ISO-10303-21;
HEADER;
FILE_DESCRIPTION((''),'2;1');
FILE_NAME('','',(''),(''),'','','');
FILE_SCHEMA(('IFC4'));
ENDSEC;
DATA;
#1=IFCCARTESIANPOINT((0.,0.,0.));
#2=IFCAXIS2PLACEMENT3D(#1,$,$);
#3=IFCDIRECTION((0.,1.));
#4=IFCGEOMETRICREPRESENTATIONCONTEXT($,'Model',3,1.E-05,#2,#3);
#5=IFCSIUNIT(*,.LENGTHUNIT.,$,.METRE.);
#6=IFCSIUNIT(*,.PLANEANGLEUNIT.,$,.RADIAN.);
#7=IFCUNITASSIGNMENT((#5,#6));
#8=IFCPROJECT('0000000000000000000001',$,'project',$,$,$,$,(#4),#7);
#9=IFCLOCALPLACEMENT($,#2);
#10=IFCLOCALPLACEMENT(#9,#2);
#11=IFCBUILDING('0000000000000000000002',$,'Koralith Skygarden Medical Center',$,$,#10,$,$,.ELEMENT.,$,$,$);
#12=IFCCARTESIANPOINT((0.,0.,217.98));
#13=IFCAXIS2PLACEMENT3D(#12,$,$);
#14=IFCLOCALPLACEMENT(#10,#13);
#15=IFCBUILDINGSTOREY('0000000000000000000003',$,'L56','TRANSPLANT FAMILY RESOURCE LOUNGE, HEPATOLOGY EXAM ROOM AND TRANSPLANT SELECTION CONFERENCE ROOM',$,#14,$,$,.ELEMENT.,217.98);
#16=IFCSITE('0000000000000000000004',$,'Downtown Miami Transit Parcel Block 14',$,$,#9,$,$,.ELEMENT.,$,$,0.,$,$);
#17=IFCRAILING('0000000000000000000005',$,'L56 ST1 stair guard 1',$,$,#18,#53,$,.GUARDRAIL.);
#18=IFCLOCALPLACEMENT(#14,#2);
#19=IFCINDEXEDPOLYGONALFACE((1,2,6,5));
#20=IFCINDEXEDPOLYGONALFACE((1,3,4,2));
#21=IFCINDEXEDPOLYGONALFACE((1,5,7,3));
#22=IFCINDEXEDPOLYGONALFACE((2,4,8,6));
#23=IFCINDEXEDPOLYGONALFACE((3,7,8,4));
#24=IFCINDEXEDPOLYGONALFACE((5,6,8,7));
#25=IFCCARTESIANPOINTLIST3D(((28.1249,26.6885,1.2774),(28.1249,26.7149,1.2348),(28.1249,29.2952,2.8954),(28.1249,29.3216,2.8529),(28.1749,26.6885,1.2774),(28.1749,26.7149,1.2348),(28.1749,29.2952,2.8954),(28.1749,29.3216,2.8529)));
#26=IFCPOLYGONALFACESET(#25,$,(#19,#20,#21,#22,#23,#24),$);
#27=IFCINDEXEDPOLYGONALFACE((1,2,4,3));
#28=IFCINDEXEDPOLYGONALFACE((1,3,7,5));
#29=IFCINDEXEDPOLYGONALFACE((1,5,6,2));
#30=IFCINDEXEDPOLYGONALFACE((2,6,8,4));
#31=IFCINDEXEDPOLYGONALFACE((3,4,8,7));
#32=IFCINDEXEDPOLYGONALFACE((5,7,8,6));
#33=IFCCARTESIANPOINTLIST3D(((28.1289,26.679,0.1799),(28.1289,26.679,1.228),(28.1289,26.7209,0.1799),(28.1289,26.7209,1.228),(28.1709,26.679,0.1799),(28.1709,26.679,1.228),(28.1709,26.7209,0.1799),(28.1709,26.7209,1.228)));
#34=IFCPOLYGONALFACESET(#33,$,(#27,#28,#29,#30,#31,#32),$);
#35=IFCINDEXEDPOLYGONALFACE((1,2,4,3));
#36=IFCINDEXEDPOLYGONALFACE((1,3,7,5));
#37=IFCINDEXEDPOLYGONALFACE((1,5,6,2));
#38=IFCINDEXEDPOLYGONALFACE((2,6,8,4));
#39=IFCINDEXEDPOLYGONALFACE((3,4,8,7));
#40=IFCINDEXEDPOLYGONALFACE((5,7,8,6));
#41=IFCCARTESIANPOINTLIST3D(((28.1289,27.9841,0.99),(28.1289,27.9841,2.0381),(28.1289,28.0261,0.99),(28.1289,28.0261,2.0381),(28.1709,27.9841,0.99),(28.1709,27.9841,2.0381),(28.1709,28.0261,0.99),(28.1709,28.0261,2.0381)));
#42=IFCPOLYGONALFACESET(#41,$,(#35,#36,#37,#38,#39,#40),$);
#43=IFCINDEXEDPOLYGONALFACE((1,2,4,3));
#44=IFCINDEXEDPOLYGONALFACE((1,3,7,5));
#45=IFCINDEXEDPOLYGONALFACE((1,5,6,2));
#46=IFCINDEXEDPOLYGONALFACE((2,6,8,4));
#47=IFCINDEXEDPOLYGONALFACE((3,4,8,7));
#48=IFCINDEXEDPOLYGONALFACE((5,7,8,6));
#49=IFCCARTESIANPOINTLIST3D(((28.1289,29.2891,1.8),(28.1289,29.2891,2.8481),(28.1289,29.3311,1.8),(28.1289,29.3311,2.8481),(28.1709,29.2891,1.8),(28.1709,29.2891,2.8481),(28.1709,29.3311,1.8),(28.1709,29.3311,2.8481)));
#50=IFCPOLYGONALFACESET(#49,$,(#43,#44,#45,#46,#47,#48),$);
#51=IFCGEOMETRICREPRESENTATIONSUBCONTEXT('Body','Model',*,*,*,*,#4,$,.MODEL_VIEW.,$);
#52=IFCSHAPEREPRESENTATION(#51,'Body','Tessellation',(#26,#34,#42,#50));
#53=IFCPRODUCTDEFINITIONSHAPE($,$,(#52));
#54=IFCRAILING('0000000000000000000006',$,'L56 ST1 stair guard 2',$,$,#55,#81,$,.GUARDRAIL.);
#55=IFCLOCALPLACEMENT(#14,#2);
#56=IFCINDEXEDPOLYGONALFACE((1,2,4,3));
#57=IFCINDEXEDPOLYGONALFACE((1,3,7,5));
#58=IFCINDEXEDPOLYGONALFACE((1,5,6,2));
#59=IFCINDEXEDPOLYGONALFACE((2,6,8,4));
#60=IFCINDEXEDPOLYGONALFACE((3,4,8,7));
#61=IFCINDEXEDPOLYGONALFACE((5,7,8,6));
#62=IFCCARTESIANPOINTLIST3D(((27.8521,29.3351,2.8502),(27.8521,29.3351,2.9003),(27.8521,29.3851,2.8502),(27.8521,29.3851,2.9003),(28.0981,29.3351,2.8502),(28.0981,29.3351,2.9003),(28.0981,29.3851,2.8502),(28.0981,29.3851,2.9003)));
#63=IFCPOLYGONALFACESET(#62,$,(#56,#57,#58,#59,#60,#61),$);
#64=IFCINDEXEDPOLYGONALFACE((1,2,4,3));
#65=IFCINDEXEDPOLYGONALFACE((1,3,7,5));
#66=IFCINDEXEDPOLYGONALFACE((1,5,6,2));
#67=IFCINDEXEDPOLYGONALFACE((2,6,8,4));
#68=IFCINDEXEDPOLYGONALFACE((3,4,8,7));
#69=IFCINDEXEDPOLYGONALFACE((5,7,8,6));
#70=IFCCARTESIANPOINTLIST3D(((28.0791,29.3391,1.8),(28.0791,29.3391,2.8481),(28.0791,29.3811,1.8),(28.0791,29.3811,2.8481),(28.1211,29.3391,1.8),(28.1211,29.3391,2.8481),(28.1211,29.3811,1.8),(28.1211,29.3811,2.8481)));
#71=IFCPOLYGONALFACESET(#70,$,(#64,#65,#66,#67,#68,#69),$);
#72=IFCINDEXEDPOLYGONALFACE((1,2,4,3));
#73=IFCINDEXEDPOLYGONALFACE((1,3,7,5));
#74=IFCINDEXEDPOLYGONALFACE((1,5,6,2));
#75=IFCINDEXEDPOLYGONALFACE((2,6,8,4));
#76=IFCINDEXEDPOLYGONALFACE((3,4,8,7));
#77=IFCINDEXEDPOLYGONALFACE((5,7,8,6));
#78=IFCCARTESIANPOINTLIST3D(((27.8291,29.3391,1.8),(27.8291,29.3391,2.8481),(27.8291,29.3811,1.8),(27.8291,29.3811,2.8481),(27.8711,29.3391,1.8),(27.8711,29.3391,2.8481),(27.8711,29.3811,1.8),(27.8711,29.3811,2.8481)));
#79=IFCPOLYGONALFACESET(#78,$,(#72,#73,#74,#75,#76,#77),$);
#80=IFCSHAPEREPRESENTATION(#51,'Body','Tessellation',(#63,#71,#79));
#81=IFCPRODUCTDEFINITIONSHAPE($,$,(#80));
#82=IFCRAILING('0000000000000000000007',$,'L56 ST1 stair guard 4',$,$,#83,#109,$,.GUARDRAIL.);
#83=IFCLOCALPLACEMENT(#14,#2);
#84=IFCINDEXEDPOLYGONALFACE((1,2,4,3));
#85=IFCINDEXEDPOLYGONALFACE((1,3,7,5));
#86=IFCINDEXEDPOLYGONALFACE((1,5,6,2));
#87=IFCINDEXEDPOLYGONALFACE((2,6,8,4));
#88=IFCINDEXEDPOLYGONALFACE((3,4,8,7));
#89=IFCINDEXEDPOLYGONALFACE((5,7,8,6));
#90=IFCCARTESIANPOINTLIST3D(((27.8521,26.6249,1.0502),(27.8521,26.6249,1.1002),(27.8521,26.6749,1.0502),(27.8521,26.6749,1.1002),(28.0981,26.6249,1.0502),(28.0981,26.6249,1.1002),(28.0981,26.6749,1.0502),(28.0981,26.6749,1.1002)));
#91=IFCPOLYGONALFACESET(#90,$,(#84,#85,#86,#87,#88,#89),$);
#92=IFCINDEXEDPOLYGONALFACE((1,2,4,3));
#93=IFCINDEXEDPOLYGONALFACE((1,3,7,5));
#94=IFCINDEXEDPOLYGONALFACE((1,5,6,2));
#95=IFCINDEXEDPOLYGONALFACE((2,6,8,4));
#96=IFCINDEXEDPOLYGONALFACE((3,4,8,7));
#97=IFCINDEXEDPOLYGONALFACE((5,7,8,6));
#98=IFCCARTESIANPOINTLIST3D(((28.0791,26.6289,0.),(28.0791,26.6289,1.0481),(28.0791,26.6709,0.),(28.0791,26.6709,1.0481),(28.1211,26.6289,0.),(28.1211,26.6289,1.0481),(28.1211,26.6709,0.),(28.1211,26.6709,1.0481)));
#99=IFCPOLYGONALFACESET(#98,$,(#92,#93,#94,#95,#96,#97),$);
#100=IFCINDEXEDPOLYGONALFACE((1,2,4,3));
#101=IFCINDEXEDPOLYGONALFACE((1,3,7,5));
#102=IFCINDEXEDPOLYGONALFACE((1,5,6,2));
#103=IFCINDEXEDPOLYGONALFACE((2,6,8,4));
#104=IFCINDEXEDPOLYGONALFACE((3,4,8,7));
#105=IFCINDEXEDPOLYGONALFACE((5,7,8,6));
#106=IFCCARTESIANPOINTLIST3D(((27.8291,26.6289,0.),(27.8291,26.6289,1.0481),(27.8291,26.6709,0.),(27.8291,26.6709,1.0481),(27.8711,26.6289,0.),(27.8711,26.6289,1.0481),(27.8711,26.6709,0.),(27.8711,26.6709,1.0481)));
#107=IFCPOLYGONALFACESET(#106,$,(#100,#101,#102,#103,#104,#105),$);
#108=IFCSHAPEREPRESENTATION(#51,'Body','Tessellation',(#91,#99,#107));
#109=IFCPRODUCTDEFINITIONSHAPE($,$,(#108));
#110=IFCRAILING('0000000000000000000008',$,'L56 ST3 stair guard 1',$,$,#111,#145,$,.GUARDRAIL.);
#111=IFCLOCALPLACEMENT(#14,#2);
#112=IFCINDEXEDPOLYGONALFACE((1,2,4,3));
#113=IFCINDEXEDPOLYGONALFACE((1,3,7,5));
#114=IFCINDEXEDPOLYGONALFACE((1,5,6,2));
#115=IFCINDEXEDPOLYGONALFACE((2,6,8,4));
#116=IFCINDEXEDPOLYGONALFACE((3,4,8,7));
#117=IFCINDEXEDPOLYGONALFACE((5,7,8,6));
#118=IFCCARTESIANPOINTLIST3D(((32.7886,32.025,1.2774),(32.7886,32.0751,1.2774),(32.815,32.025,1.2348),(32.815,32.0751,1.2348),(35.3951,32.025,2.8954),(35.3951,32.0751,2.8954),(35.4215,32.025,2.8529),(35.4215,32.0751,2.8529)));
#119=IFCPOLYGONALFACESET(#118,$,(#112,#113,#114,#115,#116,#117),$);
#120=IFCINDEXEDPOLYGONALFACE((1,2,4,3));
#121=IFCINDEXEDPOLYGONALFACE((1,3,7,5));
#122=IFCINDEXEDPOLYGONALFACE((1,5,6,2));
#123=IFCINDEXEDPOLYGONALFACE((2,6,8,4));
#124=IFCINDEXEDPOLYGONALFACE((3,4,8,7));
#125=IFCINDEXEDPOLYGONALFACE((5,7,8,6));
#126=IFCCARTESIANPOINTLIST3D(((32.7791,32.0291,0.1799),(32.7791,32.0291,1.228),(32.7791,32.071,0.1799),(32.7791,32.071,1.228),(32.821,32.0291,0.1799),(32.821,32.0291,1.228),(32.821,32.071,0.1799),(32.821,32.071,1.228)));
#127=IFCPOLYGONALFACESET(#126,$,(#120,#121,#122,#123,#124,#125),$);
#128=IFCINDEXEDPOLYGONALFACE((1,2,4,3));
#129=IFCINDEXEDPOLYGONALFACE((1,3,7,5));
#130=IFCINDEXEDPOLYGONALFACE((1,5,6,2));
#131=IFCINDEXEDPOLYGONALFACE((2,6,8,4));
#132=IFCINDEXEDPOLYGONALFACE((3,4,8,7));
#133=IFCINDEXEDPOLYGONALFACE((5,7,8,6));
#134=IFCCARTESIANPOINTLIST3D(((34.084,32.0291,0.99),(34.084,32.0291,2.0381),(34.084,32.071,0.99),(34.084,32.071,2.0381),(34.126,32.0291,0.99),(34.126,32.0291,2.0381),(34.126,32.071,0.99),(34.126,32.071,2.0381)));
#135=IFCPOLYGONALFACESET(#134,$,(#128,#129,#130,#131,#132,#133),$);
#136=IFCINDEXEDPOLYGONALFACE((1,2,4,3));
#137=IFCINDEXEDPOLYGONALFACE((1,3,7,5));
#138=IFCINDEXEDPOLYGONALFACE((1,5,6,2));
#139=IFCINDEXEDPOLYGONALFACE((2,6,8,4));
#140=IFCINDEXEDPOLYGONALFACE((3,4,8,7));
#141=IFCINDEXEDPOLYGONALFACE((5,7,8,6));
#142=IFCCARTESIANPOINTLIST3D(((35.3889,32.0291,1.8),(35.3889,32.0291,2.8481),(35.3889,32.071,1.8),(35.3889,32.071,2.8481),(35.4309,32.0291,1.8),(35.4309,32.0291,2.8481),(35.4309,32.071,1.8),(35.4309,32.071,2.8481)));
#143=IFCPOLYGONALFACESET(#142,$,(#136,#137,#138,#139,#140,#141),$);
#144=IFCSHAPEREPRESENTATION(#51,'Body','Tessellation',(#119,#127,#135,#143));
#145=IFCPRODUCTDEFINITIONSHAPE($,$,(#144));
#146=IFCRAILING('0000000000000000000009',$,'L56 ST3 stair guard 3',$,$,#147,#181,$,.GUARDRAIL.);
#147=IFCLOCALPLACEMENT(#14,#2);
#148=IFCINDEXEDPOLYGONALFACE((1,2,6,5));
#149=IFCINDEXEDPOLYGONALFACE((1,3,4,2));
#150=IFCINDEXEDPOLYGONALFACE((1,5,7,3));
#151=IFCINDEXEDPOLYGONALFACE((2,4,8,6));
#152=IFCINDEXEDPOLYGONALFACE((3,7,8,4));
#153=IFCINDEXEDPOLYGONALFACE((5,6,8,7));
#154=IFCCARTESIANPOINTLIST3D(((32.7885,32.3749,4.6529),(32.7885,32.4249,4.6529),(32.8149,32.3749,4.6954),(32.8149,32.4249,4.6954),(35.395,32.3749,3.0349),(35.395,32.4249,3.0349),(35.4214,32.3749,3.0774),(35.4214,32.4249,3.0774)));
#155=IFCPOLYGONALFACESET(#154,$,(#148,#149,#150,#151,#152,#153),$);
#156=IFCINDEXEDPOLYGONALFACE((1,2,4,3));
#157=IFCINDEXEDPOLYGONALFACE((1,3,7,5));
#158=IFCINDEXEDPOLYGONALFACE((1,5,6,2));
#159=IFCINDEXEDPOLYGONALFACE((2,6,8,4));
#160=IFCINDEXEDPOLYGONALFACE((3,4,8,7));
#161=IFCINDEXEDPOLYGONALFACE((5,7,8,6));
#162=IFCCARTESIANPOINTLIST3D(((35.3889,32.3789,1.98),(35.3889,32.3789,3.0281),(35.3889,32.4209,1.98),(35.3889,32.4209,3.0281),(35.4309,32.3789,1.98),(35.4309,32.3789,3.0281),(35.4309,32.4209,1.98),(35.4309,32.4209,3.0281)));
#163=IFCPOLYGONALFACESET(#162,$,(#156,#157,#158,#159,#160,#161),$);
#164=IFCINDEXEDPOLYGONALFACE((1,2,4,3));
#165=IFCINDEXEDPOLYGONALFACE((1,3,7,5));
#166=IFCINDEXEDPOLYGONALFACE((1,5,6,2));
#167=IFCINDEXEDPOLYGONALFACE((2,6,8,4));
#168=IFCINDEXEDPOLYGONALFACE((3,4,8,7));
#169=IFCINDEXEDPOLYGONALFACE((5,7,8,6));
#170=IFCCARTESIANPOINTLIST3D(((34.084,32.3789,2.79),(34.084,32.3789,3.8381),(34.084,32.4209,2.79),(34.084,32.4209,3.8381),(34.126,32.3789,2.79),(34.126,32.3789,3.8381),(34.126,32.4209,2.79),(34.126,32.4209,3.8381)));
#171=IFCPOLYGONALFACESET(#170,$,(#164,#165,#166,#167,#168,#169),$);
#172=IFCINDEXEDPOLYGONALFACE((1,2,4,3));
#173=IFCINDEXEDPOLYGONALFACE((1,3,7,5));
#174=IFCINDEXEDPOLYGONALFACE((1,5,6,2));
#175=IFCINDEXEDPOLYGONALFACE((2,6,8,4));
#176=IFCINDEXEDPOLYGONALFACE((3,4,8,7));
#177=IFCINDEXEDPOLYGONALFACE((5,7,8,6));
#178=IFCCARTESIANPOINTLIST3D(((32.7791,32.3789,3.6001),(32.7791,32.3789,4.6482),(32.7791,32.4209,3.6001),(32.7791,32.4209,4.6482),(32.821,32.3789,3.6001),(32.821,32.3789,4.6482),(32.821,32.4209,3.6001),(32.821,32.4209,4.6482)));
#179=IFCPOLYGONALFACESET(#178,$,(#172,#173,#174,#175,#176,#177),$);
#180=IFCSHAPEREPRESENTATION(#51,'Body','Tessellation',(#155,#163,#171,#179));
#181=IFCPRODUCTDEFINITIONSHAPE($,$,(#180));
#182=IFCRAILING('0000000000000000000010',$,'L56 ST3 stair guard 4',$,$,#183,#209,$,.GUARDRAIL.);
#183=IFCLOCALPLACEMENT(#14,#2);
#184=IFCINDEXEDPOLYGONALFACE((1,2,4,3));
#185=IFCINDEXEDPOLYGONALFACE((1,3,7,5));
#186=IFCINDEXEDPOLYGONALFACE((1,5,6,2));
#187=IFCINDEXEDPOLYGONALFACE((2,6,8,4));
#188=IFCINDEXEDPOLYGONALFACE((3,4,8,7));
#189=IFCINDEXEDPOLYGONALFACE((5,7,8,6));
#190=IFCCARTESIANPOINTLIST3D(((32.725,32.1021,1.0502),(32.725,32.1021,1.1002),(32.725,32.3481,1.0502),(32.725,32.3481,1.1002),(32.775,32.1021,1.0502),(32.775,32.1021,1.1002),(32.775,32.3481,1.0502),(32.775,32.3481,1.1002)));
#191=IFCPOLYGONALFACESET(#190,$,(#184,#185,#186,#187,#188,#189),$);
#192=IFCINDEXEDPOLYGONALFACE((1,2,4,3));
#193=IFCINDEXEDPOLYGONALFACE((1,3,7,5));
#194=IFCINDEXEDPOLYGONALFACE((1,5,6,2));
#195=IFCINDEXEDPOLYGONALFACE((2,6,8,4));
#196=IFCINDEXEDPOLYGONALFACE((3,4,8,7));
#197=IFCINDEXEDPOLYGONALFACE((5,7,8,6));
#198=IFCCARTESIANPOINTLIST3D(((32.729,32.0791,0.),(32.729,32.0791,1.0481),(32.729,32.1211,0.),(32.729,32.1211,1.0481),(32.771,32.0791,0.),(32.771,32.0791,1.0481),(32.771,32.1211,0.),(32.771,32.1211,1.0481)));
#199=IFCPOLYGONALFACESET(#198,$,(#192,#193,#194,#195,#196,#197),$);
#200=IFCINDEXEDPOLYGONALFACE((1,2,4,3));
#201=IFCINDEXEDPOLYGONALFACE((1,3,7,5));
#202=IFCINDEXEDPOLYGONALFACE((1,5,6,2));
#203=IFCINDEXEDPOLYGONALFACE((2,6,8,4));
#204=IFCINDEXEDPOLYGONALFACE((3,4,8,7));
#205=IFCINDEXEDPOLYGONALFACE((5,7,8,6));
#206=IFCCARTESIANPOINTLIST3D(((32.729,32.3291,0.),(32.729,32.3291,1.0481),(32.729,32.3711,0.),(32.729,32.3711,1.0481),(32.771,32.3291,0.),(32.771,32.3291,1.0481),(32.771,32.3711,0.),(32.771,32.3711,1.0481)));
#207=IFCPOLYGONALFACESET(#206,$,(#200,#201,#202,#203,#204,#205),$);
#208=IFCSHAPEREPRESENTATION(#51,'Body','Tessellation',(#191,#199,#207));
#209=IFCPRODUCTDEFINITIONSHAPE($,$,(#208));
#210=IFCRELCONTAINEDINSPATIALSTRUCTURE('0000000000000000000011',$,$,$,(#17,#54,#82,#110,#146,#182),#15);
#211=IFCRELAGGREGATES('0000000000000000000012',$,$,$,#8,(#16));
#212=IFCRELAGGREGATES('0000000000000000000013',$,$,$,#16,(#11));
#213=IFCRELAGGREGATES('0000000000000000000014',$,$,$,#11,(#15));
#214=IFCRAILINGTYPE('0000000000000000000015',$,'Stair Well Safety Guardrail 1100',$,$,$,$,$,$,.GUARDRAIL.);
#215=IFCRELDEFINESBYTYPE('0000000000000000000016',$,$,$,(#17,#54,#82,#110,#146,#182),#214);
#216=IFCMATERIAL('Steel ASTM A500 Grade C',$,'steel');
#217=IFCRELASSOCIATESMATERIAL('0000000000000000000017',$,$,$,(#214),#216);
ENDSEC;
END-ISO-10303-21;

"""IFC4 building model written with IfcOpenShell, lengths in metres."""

from ifc_helpers import new_model, si_unit, direction, frame, origin, origin_2d, place, context, subcontext, project, spatial, rectangle, extrude, material, type_object, element, save


model = new_model("IFC4")

# Units and contexts
model_context = context("Model", 3, precision=1e-05, world=origin(), true_north=direction((0.0, 1.0)))
body_context = subcontext(model_context, "Body", "Model", "MODEL_VIEW")
ifc_project = project(units=[si_unit("LENGTHUNIT", "METRE"), si_unit("PLANEANGLEUNIT", "RADIAN")], contexts=[model_context])

# Site, building, storey
site_placement = place(None, origin())
site = spatial("IfcSite", under=ifc_project, at=site_placement, Name="Downtown Miami Transit Parcel Block 14", CompositionType="ELEMENT", RefElevation=0.0)
building_placement = place(site_placement, origin())
building = spatial("IfcBuilding", under=site, at=building_placement, Name="Koralith Skygarden Medical Center", CompositionType="ELEMENT")
storey_placement = place(building_placement, frame((0.0, 0.0, 217.98)))
storey = spatial("IfcBuildingStorey", under=building, at=storey_placement, Name="L56", Description="TRANSPLANT FAMILY RESOURCE LOUNGE, HEPATOLOGY EXAM ROOM AND TRANSPLANT SELECTION CONFERENCE ROOM", CompositionType="ELEMENT", Elevation=217.98)

# Railings
ifc_material_1 = material(Name="Steel ASTM A500 Grade C", Category="steel")
railing_type_1 = type_object("IfcRailingType", Name="Stair Well Safety Guardrail 1100", PredefinedType="GUARDRAIL", material=ifc_material_1)
railing_1_placement = place(storey_placement, frame((28.1499, 26.7, 0.1799)))
element("IfcRailing", 1, at=railing_1_placement, inside=storey, type_object=railing_type_1, Name="L56 ST1 stair guard 1", PredefinedType="GUARDRAIL", context=body_context, shape_type="SweptSolid", body=[
    extrude(rectangle(XDim=0.05, YDim=0.05, at=origin_2d()), frame((0.0, 0.0017, 1.0762), z_axis=(0.0, 0.849633, 0.527375), x_axis=(-1.0, 0.0, 0.0)), (0.0, 0.0, 1.0), 3.0681),
    extrude(rectangle(XDim=0.042, YDim=0.042, at=origin_2d()), origin(), (0.0, 0.0, 1.0), 1.0481),
    extrude(rectangle(XDim=0.042, YDim=0.042, at=origin_2d()), frame((0.0, 1.3052, 0.8101)), (0.0, 0.0, 1.0), 1.0481),
    extrude(rectangle(XDim=0.042, YDim=0.042, at=origin_2d()), frame((0.0, 2.6101, 1.6201)), (0.0, 0.0, 1.0), 1.0481),
])
for number, where, name in (
    (2, (28.1001, 29.3601, 1.8), "L56 ST1 stair guard 2"),
    (3, (28.1001, 26.6499, 0.0), "L56 ST1 stair guard 4"),
):
    element("IfcRailing", number, at=place(storey_placement, frame(where)), inside=storey, type_object=railing_type_1, Name=name, PredefinedType="GUARDRAIL", context=body_context, shape_type="SweptSolid", body=[
        extrude(rectangle(XDim=0.05, YDim=0.05, at=origin_2d()), frame((-0.002, 0.0, 1.0752), z_axis=(-1.0, 0.0, 0.0), x_axis=(0.0, -1.0, 0.0)), (0.0, 0.0, 1.0), 0.2461),
        extrude(rectangle(XDim=0.042, YDim=0.042, at=origin_2d()), origin(), (0.0, 0.0, 1.0), 1.0481),
        extrude(rectangle(XDim=0.042, YDim=0.042, at=origin_2d()), frame((-0.25, 0.0, 0.0)), (0.0, 0.0, 1.0), 1.0481),
    ])
railing_2_placement = place(storey_placement, frame((32.8, 32.05, 0.1799)))
element("IfcRailing", 4, at=railing_2_placement, inside=storey, type_object=railing_type_1, Name="L56 ST3 stair guard 1", PredefinedType="GUARDRAIL", context=body_context, shape_type="SweptSolid", body=[
    extrude(rectangle(XDim=0.05, YDim=0.05, at=origin_2d()), frame((0.0017, 0.0, 1.0762), z_axis=(0.849611, 0.0, 0.52741), x_axis=(0.0, 1.0, 0.0)), (0.0, 0.0, 1.0), 3.0679),
    extrude(rectangle(XDim=0.042, YDim=0.042, at=origin_2d()), origin(), (0.0, 0.0, 1.0), 1.0481),
    extrude(rectangle(XDim=0.042, YDim=0.042, at=origin_2d()), frame((1.3049, 0.0, 0.8101)), (0.0, 0.0, 1.0), 1.0481),
    extrude(rectangle(XDim=0.042, YDim=0.042, at=origin_2d()), frame((2.6099, 0.0, 1.6201)), (0.0, 0.0, 1.0), 1.0481),
])
railing_3_placement = place(storey_placement, frame((35.4099, 32.3999, 1.98)))
element("IfcRailing", 5, at=railing_3_placement, inside=storey, type_object=railing_type_1, Name="L56 ST3 stair guard 3", PredefinedType="GUARDRAIL", context=body_context, shape_type="SweptSolid", body=[
    extrude(rectangle(XDim=0.05, YDim=0.05, at=origin_2d()), frame((-0.0017, 0.0, 1.0762), z_axis=(-0.849611, 0.0, 0.52741), x_axis=(0.0, -1.0, 0.0)), (0.0, 0.0, 1.0), 3.0679),
    extrude(rectangle(XDim=0.042, YDim=0.042, at=origin_2d()), origin(), (0.0, 0.0, 1.0), 1.0481),
    extrude(rectangle(XDim=0.042, YDim=0.042, at=origin_2d()), frame((-1.3049, 0.0, 0.8101)), (0.0, 0.0, 1.0), 1.0481),
    extrude(rectangle(XDim=0.042, YDim=0.042, at=origin_2d()), frame((-2.6099, 0.0, 1.6201)), (0.0, 0.0, 1.0), 1.0481),
])
railing_4_placement = place(storey_placement, frame((32.75, 32.1001, 0.0)))
element("IfcRailing", 6, at=railing_4_placement, inside=storey, type_object=railing_type_1, Name="L56 ST3 stair guard 4", PredefinedType="GUARDRAIL", context=body_context, shape_type="SweptSolid", body=[
    extrude(rectangle(XDim=0.05, YDim=0.05, at=origin_2d()), frame((0.0, 0.002, 1.0752), z_axis=(0.0, 1.0, 0.0), x_axis=(-1.0, 0.0, 0.0)), (0.0, 0.0, 1.0), 0.2461),
    extrude(rectangle(XDim=0.042, YDim=0.042, at=origin_2d()), origin(), (0.0, 0.0, 1.0), 1.0481),
    extrude(rectangle(XDim=0.042, YDim=0.042, at=origin_2d()), frame((0.0, 0.25, 0.0)), (0.0, 0.0, 1.0), 1.0481),
])

save(model, "model.ifc")
